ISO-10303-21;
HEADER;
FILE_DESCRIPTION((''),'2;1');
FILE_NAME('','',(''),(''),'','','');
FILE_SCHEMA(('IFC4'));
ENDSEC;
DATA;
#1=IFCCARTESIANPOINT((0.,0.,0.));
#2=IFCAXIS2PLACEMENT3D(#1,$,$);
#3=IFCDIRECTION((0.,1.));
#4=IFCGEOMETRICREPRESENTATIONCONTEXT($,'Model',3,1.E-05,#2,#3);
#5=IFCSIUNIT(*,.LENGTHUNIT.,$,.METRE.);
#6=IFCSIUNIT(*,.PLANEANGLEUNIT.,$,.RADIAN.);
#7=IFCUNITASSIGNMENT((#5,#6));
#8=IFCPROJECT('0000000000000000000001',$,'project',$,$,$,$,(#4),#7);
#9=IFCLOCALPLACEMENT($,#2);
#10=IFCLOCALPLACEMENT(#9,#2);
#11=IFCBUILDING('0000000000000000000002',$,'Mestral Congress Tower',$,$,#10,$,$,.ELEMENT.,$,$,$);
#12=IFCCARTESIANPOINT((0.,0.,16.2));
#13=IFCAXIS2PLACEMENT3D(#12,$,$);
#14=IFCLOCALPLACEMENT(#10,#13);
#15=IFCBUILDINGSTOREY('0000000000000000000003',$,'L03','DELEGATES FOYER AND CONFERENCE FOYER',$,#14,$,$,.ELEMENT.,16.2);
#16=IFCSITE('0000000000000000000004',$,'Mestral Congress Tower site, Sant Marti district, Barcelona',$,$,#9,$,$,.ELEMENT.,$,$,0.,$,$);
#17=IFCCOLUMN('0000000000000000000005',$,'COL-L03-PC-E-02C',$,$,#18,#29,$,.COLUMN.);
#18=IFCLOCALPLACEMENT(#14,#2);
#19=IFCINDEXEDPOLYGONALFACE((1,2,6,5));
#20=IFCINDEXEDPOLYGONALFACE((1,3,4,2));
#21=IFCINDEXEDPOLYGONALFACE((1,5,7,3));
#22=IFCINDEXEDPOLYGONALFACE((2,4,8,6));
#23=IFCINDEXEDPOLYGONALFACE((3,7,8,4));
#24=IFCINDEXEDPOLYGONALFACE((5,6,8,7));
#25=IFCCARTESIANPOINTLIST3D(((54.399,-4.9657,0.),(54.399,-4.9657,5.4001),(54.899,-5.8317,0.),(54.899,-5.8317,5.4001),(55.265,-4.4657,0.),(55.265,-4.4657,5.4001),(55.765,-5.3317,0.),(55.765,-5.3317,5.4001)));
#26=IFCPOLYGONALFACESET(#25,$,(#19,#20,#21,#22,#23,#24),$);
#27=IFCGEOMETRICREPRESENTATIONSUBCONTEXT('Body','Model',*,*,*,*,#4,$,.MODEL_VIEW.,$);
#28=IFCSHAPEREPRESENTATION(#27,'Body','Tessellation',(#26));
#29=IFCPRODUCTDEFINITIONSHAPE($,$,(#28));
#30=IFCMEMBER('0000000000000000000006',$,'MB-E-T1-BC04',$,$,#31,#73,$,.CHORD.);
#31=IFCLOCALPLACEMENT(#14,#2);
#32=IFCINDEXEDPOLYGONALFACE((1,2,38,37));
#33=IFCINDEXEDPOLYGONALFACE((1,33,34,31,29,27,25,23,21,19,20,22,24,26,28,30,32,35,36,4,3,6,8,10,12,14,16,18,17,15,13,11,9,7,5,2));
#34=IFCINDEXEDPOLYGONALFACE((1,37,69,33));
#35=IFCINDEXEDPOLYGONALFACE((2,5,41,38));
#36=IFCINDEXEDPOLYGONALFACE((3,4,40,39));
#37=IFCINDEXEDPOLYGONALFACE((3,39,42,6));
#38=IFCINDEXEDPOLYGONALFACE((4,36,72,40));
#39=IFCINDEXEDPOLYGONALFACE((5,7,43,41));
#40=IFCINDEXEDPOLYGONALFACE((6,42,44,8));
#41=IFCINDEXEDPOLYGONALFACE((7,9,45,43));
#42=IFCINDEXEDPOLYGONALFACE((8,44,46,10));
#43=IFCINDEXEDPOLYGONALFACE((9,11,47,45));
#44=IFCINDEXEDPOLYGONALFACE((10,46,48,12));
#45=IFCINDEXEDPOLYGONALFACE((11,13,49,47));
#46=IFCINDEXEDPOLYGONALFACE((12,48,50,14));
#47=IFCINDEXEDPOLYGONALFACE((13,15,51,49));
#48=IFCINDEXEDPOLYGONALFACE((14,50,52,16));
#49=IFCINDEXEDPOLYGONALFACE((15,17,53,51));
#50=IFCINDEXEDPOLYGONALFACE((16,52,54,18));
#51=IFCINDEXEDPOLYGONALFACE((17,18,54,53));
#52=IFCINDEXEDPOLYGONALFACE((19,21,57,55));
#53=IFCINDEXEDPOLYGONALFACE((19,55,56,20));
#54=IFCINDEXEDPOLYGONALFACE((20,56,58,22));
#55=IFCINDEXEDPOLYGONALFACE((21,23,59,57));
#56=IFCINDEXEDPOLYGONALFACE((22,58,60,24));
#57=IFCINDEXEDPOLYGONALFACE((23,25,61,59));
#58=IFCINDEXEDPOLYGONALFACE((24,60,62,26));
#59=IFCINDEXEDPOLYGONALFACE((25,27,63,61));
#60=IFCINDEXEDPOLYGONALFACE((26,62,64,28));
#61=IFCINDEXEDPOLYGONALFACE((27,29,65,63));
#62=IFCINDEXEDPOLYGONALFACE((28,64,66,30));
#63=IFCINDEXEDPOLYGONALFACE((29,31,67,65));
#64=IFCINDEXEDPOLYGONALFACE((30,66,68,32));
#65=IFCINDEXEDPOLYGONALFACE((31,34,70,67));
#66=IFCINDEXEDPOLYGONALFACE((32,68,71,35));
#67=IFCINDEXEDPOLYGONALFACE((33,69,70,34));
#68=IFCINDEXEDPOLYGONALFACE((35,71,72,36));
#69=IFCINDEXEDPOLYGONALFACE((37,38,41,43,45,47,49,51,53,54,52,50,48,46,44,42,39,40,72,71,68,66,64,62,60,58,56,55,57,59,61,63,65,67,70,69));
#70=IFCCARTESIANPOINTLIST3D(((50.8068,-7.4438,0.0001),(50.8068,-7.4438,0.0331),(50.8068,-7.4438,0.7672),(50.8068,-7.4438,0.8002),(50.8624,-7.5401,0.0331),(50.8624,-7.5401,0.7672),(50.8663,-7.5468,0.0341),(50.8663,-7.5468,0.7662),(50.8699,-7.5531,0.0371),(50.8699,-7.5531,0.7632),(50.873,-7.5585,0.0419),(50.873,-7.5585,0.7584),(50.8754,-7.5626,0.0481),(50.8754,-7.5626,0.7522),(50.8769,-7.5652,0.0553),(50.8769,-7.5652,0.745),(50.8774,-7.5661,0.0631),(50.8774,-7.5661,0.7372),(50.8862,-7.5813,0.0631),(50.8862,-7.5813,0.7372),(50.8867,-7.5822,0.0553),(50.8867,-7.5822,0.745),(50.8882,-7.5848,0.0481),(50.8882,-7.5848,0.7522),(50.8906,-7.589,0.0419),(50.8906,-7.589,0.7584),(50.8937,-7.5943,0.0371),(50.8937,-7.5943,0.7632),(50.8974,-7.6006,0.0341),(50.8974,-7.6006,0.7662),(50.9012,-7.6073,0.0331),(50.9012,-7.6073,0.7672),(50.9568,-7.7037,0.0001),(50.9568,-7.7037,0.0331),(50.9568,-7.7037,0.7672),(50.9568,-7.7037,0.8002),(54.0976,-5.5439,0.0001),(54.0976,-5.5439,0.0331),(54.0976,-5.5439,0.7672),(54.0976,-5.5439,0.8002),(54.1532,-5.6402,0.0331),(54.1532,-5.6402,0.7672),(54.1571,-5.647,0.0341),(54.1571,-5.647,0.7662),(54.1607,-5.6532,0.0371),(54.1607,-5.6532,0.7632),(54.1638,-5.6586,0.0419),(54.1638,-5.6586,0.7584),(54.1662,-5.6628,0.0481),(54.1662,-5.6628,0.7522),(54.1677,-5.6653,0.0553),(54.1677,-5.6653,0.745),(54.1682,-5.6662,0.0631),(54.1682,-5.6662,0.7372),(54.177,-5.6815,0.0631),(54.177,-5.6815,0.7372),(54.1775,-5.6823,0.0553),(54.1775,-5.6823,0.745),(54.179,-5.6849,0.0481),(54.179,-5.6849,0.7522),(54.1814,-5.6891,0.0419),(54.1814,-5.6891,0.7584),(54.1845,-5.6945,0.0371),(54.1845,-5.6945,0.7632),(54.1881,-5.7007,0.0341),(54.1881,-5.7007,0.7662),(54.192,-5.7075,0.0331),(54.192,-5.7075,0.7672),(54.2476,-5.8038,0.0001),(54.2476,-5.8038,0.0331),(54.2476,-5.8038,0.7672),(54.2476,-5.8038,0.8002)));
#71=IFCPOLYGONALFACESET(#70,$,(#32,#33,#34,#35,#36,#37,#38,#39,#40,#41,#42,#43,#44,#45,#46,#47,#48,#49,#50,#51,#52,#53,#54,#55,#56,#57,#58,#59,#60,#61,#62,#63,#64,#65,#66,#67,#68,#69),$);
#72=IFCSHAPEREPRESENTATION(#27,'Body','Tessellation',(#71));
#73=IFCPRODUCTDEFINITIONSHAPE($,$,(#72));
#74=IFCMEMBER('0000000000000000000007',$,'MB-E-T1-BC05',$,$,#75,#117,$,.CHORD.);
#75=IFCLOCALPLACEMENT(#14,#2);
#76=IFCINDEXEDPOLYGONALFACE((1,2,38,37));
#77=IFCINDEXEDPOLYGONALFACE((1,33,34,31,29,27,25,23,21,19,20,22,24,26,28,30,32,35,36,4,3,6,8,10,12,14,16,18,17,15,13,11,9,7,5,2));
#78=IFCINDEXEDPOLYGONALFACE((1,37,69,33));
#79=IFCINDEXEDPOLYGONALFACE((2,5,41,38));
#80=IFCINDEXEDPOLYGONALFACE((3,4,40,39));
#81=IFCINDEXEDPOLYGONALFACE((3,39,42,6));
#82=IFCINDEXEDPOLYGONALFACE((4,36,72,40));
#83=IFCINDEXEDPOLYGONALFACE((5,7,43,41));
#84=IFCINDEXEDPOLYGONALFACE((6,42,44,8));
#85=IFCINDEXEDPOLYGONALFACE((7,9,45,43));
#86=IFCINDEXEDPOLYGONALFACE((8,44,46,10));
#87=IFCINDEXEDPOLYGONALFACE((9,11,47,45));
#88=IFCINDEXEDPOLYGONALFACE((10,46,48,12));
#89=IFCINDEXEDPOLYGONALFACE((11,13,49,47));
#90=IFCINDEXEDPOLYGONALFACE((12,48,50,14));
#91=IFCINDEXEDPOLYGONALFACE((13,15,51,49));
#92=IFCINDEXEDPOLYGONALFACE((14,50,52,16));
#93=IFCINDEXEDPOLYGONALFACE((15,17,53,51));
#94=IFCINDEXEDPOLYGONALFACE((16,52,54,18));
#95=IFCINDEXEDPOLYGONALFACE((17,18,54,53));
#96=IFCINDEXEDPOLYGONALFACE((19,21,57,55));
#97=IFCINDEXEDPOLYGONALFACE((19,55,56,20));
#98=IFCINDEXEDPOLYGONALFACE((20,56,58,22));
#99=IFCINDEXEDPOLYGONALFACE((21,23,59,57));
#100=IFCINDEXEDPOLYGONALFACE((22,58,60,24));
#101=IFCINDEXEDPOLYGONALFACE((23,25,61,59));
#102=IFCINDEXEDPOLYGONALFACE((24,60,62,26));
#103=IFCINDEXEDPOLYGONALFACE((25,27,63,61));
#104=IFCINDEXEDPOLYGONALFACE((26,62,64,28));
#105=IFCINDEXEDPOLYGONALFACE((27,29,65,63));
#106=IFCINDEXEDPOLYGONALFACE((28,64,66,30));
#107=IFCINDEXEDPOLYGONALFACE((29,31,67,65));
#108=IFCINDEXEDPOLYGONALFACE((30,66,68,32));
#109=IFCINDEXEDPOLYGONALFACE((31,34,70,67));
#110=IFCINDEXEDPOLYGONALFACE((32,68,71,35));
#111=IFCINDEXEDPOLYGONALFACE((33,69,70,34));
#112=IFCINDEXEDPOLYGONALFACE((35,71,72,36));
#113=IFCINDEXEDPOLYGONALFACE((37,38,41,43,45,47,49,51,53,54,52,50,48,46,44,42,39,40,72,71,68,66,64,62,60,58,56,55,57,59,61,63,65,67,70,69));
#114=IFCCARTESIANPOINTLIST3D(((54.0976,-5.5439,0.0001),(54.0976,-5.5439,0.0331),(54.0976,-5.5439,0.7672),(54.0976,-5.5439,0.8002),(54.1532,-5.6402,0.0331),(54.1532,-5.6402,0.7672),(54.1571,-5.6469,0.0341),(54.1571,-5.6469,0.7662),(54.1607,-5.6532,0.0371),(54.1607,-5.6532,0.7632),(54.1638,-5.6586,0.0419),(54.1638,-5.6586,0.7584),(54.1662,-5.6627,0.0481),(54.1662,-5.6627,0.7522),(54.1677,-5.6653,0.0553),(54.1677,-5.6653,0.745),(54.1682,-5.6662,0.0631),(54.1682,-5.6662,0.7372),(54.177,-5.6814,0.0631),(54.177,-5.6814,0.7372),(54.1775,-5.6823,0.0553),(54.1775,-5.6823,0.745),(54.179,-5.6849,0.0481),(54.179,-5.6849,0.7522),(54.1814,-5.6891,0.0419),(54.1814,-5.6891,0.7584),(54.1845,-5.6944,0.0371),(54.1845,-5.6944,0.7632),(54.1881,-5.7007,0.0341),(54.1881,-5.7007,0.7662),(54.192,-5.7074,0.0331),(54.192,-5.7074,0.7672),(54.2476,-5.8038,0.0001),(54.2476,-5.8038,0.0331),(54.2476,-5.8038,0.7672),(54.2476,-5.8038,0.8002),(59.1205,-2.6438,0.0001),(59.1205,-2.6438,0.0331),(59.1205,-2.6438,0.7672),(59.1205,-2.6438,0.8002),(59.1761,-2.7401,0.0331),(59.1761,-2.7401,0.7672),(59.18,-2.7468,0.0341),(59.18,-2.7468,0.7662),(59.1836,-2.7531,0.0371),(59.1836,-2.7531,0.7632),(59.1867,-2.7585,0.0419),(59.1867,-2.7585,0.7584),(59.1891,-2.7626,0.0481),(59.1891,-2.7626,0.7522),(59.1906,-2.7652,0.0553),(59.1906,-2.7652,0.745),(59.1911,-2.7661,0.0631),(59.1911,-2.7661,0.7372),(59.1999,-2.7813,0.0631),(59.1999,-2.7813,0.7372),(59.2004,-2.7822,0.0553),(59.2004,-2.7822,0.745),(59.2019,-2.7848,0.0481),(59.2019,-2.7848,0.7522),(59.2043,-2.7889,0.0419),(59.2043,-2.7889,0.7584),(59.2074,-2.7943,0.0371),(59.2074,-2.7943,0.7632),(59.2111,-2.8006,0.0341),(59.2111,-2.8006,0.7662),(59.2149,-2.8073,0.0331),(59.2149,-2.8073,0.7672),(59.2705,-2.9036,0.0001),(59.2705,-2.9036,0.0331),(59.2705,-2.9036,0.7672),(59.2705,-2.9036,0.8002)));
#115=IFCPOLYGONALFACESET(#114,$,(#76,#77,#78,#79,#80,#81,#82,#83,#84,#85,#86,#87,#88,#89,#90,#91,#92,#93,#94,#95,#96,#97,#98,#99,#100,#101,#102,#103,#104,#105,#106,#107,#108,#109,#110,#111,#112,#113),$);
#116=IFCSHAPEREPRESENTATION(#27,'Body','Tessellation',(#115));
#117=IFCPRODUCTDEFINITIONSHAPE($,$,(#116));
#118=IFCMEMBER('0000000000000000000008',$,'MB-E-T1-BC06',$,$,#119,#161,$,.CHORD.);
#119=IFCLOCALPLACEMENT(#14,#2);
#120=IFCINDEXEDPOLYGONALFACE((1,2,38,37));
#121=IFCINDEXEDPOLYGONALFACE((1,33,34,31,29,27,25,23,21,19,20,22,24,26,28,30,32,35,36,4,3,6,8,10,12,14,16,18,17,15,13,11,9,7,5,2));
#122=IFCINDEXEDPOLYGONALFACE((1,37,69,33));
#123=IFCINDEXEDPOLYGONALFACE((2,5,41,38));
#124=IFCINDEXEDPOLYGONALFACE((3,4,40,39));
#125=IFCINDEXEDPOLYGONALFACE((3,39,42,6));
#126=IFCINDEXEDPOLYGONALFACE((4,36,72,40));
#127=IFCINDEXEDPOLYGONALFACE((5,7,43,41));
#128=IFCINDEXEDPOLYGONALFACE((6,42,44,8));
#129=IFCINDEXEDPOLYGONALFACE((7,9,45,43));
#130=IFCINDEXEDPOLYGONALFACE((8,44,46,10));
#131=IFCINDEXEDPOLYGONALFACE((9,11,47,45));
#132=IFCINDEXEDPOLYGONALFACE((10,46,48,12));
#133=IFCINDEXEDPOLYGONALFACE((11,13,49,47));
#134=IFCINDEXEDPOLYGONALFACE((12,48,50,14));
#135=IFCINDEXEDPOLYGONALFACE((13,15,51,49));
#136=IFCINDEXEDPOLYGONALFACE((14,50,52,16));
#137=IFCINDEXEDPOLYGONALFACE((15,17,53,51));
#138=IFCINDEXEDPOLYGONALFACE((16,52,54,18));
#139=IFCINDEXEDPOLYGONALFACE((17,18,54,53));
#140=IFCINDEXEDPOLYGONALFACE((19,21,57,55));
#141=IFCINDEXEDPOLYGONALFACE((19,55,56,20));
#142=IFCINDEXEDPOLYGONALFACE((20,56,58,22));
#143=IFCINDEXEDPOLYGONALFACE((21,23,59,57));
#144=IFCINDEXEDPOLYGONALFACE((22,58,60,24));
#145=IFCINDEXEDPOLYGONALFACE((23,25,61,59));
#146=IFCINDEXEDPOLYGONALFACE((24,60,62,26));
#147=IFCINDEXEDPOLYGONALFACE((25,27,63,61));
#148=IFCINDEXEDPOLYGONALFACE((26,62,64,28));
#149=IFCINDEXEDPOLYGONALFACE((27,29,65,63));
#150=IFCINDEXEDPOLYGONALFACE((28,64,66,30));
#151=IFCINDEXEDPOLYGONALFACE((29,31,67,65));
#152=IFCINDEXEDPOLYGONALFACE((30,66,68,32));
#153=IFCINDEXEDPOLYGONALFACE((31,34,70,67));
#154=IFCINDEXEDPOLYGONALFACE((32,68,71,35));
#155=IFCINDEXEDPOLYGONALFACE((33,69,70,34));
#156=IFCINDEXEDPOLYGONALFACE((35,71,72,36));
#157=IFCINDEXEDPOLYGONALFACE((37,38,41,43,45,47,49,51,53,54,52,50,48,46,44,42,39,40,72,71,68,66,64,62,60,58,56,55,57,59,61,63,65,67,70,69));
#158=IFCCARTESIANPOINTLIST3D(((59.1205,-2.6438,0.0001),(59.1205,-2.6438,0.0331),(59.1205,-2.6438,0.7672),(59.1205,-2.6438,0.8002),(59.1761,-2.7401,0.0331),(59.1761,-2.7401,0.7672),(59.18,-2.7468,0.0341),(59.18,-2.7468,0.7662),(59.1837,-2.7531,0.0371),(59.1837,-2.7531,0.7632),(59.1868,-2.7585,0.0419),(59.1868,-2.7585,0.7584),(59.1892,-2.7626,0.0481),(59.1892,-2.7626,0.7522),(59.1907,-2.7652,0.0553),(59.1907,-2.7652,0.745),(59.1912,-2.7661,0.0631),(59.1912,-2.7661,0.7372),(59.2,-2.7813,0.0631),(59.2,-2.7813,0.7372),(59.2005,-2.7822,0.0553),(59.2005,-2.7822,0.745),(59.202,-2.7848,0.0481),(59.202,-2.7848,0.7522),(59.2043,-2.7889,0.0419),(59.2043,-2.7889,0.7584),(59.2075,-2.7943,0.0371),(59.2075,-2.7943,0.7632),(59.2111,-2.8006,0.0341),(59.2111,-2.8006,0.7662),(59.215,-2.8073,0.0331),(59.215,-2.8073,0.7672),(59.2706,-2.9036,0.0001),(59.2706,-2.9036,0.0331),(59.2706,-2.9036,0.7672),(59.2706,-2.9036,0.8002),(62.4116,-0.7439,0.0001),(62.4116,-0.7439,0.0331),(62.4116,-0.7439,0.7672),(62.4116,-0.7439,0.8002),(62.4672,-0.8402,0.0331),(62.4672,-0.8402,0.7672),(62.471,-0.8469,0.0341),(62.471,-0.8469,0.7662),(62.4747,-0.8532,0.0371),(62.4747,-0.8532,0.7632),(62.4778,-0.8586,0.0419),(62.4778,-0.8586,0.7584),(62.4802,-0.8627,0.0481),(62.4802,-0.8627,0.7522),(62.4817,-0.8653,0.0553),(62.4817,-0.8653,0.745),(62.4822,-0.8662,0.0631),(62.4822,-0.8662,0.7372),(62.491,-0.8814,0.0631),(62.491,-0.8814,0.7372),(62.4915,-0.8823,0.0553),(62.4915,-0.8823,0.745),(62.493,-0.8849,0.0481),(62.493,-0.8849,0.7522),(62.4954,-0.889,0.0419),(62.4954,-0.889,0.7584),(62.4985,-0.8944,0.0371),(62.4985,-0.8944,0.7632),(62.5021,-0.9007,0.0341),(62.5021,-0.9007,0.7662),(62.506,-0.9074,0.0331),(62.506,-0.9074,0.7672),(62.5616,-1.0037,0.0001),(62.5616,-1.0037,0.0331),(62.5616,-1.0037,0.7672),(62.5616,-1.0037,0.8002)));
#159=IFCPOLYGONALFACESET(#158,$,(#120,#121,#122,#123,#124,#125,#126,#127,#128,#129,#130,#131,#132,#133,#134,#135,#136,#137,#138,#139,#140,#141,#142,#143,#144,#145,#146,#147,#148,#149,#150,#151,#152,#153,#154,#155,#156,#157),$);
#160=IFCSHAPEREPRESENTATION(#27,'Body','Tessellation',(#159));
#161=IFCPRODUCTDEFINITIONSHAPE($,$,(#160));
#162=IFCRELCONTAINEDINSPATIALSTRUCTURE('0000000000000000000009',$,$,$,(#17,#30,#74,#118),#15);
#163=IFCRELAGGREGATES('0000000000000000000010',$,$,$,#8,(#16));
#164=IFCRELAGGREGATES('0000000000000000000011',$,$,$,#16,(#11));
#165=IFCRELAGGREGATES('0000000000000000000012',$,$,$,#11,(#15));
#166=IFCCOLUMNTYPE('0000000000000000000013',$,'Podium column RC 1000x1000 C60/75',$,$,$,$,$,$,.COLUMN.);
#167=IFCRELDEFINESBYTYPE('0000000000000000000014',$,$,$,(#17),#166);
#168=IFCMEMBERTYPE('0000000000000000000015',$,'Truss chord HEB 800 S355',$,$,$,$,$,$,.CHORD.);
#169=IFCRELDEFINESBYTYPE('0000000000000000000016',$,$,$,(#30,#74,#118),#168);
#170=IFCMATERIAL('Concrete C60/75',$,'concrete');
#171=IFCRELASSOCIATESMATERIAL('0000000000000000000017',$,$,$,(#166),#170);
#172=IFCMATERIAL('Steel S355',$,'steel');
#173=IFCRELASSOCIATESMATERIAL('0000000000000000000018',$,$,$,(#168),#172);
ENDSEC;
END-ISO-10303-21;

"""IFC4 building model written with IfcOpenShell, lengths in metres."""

from ifc_helpers import new_model, si_unit, direction, frame, origin, origin_2d, place, context, subcontext, project, spatial, rectangle, i_section, extrude, material, material_profile, profile_set, type_object, element, save


model = new_model("IFC4")

# Units and contexts
model_context = context("Model", 3, precision=1e-05, world=origin(), true_north=direction((0.0, 1.0)))
body_context = subcontext(model_context, "Body", "Model", "MODEL_VIEW")
ifc_project = project(units=[si_unit("LENGTHUNIT", "METRE"), si_unit("PLANEANGLEUNIT", "RADIAN")], contexts=[model_context])

# Site, building, storey
site_placement = place(None, origin())
site = spatial("IfcSite", under=ifc_project, at=site_placement, Name="Mestral Congress Tower site, Sant Marti district, Barcelona", CompositionType="ELEMENT", RefElevation=0.0)
building_placement = place(site_placement, origin())
building = spatial("IfcBuilding", under=site, at=building_placement, Name="Mestral Congress Tower", CompositionType="ELEMENT")
storey_placement = place(building_placement, frame((0.0, 0.0, 16.2)))
storey = spatial("IfcBuildingStorey", under=building, at=storey_placement, Name="L03", Description="DELEGATES FOYER AND CONFERENCE FOYER", CompositionType="ELEMENT", Elevation=16.2)

# Column
ifc_material_1 = material(Name="Concrete C60/75", Category="concrete")
ifc_material_profile_1 = material_profile(ifc_material_1, rectangle(XDim=1.0, YDim=1.0, at=origin_2d()), Name="RC 1000x1000")
ifc_profile_set_1 = profile_set([ifc_material_profile_1], Name="Concrete C60/75")
column_type = type_object("IfcColumnType", Name="Podium column RC 1000x1000 C60/75", PredefinedType="COLUMN", material=ifc_profile_set_1)
column_placement = place(storey_placement, frame((55.082, -5.1487, 0.0), z_axis=(0.0, 0.0, 1.0), x_axis=(-0.5, 0.866025, 0.0)))
element("IfcColumn", 1, at=column_placement, inside=storey, type_object=column_type, Name="COL-L03-PC-E-02C", PredefinedType="COLUMN", context=body_context, shape_type="SweptSolid", body=[
    extrude(rectangle(XDim=1.0, YDim=1.0, at=origin_2d()), origin(), (0.0, 0.0, 1.0), 5.4001),
])

# Members
ifc_material_2 = material(Name="Steel S355", Category="steel")
ifc_material_profile_2 = material_profile(ifc_material_2, i_section(OverallWidth=0.3, OverallDepth=0.8, WebThickness=0.0176, FlangeThickness=0.033, FilletRadius=0.03, at=origin_2d()), Name="HEB 800")
ifc_profile_set_2 = profile_set([ifc_material_profile_2], Name="Steel S355")
member_type_1 = type_object("IfcMemberType", Name="Truss chord HEB 800 S355", PredefinedType="CHORD", material=ifc_profile_set_2)
member_1_placement = place(storey_placement, frame((50.8818, -7.5737, 0.4001), z_axis=(0.866028, 0.499995, 0.0), x_axis=(-0.499995, 0.866028, 0.0)))
element("IfcMember", 2, at=member_1_placement, inside=storey, type_object=member_type_1, Name="MB-E-T1-BC04", PredefinedType="CHORD", context=body_context, shape_type="SweptSolid", body=[
    extrude(i_section(OverallWidth=0.3, OverallDepth=0.8, WebThickness=0.0176, FlangeThickness=0.033, FilletRadius=0.03, at=origin_2d()), origin(), (0.0, 0.0, 1.0), 3.7998),
])
member_2_placement = place(storey_placement, frame((54.1726, -5.6738, 0.4001), z_axis=(0.866015, 0.500019, 0.0), x_axis=(-0.500019, 0.866015, 0.0)))
element("IfcMember", 3, at=member_2_placement, inside=storey, type_object=member_type_1, Name="MB-E-T1-BC05", PredefinedType="CHORD", context=body_context, shape_type="SweptSolid", body=[
    extrude(i_section(OverallWidth=0.3, OverallDepth=0.8, WebThickness=0.0176, FlangeThickness=0.033, FilletRadius=0.03, at=origin_2d()), origin(), (0.0, 0.0, 1.0), 5.8),
])
member_3_placement = place(storey_placement, frame((59.1956, -2.7737, 0.4001), z_axis=(0.866044, 0.499967, 0.0), x_axis=(-0.499967, 0.866044, 0.0)))
element("IfcMember", 4, at=member_3_placement, inside=storey, type_object=member_type_1, Name="MB-E-T1-BC06", PredefinedType="CHORD", context=body_context, shape_type="SweptSolid", body=[
    extrude(i_section(OverallWidth=0.3, OverallDepth=0.8, WebThickness=0.0176, FlangeThickness=0.033, FilletRadius=0.03, at=origin_2d()), origin(), (0.0, 0.0, 1.0), 3.8),
])

save(model, "model.ifc")
